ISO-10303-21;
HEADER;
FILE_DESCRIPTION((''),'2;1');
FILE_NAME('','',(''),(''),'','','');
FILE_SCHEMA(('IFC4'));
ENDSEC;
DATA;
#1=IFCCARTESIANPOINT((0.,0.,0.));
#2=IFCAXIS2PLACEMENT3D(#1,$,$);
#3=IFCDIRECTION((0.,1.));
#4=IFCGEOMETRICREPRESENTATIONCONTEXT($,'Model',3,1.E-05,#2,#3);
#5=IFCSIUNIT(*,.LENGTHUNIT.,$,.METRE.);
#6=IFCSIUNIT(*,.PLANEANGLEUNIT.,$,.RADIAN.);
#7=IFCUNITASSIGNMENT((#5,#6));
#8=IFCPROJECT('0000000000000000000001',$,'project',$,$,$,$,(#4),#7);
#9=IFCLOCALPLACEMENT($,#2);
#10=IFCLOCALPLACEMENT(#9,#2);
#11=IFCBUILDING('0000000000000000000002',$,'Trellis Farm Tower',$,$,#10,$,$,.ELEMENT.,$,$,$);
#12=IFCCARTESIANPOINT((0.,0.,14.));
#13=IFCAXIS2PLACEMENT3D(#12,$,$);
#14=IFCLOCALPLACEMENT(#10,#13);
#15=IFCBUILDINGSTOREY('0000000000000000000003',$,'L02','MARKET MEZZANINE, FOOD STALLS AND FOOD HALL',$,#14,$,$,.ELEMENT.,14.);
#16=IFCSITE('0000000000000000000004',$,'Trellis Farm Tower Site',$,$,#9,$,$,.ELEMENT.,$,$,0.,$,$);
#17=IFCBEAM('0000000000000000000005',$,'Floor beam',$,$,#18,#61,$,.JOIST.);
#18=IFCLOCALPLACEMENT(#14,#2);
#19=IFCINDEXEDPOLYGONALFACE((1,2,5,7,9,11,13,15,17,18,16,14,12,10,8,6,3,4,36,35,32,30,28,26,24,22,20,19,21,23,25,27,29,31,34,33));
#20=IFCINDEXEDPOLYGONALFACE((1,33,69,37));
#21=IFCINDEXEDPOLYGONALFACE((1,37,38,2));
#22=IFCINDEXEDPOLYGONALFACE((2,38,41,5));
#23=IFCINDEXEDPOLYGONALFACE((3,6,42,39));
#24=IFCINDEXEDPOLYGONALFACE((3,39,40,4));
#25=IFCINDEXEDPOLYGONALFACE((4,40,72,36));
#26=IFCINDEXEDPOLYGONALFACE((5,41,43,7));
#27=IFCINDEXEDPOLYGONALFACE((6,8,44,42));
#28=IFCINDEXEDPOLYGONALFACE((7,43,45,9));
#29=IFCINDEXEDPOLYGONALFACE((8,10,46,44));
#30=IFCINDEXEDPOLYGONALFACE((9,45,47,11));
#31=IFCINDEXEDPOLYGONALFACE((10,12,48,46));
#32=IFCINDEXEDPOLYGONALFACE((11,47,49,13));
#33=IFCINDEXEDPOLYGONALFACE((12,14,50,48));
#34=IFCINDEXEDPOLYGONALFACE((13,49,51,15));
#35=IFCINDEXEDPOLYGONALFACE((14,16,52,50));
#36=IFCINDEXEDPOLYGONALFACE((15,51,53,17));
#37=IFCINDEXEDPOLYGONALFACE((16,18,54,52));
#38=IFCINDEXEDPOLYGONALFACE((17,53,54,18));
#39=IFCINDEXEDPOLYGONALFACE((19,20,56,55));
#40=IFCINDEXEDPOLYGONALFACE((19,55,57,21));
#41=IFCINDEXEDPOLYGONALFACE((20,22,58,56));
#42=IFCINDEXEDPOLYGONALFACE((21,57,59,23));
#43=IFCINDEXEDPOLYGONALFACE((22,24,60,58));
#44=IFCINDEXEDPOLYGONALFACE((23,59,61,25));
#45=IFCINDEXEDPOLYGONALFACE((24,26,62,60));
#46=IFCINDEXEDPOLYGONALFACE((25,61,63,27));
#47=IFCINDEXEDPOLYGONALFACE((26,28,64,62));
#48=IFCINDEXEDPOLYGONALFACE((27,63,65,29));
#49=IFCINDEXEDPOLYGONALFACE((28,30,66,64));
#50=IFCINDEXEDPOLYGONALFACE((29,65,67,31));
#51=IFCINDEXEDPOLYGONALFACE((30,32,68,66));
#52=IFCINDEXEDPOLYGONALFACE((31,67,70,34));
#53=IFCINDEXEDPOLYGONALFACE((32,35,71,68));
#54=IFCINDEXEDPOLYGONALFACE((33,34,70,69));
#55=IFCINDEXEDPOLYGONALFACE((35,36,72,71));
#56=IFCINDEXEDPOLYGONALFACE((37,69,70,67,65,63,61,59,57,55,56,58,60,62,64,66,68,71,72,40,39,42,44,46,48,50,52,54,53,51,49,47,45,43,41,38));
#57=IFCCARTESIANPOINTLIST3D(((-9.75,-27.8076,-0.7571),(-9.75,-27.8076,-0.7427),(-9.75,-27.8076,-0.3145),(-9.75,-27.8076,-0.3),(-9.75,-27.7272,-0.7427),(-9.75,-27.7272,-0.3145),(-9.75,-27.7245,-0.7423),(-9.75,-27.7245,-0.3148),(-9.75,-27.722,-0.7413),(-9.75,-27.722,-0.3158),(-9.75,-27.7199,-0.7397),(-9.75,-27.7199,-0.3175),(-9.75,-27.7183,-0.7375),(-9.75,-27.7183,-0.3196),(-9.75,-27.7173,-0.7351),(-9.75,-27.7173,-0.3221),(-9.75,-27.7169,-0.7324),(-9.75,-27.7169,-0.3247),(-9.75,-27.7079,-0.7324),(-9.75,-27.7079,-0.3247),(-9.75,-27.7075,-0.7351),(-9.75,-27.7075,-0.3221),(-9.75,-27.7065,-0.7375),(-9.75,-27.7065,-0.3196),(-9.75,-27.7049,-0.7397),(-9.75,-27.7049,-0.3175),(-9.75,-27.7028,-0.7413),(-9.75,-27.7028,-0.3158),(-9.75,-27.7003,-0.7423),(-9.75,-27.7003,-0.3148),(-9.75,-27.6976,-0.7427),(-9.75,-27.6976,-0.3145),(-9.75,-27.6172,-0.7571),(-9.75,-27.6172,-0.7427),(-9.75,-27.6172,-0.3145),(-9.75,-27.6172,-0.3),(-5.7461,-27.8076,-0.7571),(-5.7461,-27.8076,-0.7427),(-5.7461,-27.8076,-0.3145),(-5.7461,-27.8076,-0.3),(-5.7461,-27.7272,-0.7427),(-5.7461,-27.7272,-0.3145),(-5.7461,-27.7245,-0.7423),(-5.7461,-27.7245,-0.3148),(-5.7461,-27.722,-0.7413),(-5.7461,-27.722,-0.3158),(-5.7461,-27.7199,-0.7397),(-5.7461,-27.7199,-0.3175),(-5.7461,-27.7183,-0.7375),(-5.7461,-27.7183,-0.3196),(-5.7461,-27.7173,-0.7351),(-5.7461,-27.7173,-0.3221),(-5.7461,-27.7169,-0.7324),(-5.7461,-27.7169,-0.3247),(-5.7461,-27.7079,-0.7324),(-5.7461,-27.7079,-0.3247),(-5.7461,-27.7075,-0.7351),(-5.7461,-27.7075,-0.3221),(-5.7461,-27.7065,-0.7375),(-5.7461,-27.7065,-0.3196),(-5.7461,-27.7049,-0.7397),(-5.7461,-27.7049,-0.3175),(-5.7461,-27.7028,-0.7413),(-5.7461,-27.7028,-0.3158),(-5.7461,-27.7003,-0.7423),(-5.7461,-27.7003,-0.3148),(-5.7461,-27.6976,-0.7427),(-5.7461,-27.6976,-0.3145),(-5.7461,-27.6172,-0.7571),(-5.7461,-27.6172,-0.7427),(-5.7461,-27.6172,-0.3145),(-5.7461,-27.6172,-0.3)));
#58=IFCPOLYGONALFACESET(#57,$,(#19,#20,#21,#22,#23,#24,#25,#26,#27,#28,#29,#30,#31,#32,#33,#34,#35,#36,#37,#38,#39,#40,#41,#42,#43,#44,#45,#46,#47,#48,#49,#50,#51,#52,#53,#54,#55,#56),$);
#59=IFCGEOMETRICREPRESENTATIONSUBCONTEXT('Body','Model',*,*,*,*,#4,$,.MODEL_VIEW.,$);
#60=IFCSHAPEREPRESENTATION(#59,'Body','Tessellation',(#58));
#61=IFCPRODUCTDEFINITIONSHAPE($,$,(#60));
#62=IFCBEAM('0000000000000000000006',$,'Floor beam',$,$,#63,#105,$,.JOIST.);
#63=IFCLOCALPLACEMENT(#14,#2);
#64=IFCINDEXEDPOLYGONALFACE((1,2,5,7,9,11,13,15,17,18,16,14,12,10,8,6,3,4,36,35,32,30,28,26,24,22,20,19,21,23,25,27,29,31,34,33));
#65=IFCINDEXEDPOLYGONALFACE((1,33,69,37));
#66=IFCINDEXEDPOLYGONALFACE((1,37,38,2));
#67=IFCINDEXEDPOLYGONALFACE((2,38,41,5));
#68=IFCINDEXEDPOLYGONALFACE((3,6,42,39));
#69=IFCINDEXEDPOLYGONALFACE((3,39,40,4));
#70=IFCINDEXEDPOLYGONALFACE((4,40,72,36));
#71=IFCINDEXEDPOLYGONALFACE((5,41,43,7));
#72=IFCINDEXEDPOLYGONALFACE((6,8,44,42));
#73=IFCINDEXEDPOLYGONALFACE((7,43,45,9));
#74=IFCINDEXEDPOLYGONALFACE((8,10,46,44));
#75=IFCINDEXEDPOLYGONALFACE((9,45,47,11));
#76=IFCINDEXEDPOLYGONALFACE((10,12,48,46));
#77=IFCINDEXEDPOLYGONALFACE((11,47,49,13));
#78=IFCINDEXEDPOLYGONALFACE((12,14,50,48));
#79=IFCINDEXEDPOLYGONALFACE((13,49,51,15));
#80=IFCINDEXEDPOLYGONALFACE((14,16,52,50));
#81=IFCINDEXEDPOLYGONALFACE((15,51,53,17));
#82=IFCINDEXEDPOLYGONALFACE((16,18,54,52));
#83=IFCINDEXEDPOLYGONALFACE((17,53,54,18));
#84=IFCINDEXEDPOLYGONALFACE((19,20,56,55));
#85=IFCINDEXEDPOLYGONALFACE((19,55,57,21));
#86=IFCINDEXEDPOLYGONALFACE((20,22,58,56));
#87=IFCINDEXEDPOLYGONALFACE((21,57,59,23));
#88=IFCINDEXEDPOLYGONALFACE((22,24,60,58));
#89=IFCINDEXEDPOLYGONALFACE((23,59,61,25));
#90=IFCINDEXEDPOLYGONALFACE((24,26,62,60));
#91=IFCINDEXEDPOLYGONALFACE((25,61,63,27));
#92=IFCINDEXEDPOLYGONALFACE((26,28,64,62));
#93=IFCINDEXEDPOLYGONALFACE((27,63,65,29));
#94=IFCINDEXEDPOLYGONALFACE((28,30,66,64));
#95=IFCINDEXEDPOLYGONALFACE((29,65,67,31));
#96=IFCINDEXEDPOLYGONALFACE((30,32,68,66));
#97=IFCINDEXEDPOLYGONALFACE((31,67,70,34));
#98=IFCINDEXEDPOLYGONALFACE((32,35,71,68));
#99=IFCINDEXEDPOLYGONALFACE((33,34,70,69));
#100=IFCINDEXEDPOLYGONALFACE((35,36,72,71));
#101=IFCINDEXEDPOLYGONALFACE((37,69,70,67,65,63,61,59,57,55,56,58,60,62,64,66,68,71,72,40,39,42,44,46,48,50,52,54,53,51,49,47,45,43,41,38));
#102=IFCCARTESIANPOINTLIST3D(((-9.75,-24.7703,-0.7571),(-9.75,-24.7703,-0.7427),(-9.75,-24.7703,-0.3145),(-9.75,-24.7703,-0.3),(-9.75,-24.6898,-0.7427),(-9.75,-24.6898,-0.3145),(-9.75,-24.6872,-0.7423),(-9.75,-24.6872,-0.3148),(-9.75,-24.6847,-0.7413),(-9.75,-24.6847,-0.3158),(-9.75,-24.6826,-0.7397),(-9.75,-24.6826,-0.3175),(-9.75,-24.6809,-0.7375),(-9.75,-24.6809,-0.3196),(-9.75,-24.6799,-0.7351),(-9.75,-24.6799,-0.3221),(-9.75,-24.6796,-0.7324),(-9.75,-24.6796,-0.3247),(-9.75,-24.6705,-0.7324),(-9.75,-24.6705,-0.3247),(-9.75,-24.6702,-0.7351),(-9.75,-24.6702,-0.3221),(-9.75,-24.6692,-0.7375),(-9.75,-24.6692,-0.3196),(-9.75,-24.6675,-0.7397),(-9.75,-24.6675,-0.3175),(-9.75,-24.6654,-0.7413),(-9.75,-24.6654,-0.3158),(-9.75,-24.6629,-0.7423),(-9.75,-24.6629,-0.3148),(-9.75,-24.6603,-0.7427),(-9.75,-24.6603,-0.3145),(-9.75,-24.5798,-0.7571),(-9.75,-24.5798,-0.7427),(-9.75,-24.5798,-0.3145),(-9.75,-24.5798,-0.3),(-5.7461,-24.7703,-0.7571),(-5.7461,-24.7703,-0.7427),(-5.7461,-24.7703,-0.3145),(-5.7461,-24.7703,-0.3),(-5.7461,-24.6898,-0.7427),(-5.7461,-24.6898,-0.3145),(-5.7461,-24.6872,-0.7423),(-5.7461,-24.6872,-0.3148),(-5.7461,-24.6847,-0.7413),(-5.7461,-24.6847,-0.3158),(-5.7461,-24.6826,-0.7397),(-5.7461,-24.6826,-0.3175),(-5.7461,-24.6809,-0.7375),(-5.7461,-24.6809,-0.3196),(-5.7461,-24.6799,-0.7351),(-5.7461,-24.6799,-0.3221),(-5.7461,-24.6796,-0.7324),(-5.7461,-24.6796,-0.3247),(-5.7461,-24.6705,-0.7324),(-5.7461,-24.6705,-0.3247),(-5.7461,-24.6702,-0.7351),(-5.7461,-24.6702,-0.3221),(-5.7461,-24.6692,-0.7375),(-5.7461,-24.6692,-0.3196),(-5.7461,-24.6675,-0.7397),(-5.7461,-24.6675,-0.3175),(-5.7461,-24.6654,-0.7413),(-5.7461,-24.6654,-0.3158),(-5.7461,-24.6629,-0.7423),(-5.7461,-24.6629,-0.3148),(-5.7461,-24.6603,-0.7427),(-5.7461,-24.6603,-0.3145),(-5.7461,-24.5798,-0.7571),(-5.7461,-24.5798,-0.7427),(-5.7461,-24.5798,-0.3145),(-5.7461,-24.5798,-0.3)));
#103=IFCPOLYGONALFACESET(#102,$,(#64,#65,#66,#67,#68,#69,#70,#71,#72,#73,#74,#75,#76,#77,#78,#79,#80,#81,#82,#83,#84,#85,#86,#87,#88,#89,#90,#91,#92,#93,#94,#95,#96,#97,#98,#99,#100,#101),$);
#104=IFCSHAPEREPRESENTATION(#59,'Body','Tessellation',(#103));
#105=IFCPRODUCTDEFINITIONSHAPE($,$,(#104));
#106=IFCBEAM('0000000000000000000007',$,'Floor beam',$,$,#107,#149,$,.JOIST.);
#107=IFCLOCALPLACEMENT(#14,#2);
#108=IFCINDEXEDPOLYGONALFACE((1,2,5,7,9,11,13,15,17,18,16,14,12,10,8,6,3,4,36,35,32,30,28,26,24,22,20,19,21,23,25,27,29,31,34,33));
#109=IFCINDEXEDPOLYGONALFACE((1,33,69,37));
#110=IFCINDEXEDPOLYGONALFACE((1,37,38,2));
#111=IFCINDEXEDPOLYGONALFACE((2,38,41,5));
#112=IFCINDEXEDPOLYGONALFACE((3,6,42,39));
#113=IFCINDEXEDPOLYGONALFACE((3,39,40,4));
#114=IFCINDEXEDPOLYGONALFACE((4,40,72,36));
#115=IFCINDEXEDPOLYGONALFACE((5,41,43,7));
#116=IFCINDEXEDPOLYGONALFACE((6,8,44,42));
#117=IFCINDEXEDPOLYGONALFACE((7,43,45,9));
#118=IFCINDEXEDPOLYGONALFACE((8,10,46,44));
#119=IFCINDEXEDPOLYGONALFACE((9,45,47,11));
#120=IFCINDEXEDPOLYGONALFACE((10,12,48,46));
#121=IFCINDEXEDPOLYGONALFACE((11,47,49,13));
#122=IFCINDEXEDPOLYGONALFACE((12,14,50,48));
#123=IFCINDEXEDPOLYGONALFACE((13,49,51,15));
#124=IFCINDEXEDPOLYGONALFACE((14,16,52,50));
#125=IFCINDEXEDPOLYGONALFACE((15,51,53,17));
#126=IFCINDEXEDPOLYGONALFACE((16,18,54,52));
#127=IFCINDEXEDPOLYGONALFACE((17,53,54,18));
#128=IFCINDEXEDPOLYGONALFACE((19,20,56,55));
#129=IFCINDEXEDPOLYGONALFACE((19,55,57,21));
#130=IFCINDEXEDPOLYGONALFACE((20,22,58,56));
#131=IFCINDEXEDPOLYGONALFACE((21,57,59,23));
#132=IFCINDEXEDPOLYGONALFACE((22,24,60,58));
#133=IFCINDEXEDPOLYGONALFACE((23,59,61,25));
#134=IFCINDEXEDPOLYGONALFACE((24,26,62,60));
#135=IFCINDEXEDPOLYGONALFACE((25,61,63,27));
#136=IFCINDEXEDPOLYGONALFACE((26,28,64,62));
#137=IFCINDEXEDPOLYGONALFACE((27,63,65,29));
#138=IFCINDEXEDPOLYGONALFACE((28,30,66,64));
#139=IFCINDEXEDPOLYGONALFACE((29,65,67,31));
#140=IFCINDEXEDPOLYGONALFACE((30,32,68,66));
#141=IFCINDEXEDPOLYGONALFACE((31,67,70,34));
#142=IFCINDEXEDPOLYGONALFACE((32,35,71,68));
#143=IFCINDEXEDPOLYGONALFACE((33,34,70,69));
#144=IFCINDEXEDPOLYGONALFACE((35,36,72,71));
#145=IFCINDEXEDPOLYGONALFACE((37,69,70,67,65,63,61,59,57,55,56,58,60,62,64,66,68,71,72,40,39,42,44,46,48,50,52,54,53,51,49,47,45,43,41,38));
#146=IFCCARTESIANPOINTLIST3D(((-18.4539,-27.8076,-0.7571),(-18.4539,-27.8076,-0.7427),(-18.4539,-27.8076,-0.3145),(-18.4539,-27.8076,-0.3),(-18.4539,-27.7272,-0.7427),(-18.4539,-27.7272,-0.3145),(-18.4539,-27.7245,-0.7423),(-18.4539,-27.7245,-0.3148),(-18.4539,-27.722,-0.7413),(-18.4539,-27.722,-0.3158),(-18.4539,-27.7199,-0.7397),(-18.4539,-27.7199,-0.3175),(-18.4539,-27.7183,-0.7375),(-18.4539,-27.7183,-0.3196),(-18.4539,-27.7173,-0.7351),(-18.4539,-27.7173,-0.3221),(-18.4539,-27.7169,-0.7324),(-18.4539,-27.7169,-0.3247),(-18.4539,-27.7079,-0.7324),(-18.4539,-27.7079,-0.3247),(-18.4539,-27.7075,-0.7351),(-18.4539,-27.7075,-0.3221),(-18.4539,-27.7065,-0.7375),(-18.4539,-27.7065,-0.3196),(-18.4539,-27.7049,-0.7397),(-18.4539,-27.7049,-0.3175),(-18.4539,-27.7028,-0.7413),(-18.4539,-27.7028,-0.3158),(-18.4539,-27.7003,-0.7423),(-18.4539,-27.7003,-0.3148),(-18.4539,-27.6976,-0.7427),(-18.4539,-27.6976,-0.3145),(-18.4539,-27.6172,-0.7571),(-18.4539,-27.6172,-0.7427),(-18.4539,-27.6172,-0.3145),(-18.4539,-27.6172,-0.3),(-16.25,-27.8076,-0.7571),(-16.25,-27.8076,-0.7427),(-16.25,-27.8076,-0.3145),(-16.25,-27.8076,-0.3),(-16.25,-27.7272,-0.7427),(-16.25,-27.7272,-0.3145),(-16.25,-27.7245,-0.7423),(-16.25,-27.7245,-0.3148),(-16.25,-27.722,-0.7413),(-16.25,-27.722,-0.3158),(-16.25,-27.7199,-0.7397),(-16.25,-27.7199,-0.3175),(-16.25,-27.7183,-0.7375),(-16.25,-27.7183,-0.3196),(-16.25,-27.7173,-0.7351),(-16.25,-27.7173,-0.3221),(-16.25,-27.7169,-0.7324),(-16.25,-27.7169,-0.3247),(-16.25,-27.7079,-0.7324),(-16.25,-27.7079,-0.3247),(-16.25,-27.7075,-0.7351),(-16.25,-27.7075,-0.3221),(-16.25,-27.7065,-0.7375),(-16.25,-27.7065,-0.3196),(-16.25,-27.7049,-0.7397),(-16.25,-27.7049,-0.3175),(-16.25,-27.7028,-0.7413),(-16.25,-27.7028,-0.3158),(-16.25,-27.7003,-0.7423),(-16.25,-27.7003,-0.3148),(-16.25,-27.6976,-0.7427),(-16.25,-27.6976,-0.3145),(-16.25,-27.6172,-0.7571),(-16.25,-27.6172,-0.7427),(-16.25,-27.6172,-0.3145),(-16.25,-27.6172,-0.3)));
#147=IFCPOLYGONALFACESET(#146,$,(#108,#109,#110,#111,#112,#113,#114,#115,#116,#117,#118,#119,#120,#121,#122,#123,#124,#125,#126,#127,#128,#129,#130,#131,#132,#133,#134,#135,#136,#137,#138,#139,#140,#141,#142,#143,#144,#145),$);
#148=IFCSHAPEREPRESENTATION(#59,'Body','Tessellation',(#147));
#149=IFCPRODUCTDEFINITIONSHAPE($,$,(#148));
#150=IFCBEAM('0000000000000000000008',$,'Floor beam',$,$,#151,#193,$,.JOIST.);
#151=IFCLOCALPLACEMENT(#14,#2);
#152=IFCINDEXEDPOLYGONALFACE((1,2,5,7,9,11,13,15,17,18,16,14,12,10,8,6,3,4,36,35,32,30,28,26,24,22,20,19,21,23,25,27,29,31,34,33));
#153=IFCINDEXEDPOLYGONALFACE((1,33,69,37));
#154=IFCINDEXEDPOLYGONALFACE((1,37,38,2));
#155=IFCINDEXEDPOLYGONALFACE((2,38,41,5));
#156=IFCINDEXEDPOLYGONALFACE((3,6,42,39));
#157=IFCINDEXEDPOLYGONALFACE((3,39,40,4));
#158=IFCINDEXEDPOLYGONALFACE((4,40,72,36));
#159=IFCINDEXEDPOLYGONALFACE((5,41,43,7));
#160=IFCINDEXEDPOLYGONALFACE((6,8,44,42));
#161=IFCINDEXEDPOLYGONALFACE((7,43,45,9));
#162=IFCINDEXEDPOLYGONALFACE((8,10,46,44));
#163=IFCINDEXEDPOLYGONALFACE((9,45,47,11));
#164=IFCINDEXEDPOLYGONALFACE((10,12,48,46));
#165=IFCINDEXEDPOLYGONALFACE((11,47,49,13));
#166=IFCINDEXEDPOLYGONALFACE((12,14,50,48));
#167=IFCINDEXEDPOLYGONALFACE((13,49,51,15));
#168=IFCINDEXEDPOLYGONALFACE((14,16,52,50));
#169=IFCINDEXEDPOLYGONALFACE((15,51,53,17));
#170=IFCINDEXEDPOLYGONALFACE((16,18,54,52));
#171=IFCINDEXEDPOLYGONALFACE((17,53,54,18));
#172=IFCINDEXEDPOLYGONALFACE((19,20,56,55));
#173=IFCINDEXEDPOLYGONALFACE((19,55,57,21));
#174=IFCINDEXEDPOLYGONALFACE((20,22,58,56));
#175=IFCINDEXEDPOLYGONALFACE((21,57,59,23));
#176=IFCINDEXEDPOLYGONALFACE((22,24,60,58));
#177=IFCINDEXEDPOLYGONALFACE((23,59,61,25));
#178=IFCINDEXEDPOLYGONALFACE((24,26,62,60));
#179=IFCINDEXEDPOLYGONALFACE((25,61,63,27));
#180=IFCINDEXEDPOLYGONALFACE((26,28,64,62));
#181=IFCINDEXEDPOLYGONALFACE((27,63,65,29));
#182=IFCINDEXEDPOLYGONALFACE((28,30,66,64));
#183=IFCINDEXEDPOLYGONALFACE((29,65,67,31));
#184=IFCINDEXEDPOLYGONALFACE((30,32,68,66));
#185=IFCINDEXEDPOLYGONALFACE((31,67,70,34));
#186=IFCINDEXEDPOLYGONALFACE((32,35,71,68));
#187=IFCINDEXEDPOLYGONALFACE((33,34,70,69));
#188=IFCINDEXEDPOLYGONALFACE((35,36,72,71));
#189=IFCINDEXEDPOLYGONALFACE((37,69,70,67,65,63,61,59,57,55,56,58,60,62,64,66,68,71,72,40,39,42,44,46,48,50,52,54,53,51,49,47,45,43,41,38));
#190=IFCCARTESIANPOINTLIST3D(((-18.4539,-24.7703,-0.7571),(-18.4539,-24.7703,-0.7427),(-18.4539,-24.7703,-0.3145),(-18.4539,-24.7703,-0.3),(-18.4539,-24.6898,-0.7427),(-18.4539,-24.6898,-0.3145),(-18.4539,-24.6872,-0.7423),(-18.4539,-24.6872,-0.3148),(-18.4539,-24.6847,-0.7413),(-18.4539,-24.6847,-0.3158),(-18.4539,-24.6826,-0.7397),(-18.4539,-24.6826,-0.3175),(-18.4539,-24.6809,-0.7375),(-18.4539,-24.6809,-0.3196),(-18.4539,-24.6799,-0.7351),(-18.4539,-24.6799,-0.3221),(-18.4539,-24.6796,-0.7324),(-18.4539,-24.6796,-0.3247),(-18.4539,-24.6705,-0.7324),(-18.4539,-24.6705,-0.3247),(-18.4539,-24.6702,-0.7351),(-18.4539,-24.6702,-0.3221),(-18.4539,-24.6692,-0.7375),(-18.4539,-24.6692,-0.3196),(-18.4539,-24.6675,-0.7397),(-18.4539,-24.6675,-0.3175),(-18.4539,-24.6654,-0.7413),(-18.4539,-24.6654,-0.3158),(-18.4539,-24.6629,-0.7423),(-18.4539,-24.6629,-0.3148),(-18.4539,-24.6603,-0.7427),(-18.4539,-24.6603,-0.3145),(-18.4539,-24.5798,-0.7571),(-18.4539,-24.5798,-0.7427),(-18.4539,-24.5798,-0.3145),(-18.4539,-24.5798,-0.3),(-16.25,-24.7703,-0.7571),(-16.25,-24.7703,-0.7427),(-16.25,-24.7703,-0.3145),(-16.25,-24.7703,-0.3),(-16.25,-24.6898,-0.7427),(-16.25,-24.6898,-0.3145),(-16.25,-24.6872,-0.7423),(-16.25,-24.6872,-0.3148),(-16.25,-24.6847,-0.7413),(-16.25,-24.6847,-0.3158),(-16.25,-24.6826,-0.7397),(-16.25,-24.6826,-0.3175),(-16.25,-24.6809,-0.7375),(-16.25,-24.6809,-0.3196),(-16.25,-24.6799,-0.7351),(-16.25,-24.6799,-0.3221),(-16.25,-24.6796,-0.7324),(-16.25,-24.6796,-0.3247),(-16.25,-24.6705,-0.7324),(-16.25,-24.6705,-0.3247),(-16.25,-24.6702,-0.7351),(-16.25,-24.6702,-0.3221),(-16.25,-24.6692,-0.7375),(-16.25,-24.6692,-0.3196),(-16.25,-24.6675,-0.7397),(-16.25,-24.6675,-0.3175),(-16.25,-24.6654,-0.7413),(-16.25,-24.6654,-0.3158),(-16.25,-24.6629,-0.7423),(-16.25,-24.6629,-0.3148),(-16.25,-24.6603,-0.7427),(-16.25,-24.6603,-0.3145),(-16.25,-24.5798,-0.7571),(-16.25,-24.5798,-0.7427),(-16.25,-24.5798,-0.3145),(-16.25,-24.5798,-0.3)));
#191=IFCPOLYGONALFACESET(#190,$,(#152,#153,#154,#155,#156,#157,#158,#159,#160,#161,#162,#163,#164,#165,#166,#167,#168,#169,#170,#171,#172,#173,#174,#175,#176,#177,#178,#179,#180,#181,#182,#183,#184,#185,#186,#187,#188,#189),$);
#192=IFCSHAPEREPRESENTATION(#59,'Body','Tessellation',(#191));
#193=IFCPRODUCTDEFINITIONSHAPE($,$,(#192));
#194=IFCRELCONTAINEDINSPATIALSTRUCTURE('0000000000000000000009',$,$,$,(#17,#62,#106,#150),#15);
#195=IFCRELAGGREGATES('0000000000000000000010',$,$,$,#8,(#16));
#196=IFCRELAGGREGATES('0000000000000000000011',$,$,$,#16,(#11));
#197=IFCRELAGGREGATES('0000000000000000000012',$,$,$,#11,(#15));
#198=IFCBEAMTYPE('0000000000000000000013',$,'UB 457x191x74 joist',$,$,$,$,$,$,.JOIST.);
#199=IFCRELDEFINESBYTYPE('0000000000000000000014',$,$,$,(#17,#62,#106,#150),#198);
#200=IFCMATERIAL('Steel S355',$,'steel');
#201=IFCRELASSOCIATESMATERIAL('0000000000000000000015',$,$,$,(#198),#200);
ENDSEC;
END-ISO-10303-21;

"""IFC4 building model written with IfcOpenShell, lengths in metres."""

from ifc_helpers import new_model, si_unit, direction, frame, origin, origin_2d, place, context, subcontext, project, spatial, i_section, extrude, source, transform, mapped, material, material_profile, profile_set, type_object, element, save


model = new_model("IFC4")

# Units and contexts
model_context = context("Model", 3, precision=1e-05, world=origin(), true_north=direction((0.0, 1.0)))
body_context = subcontext(model_context, "Body", "Model", "MODEL_VIEW")
ifc_project = project(units=[si_unit("LENGTHUNIT", "METRE"), si_unit("PLANEANGLEUNIT", "RADIAN")], contexts=[model_context])

# Site, building, storey
site_placement = place(None, origin())
site = spatial("IfcSite", under=ifc_project, at=site_placement, Name="Trellis Farm Tower Site", CompositionType="ELEMENT", RefElevation=0.0)
building_placement = place(site_placement, origin())
building = spatial("IfcBuilding", under=site, at=building_placement, Name="Trellis Farm Tower", CompositionType="ELEMENT")
storey_placement = place(building_placement, frame((0.0, 0.0, 14.0)))
storey = spatial("IfcBuildingStorey", under=building, at=storey_placement, Name="L02", Description="MARKET MEZZANINE, FOOD STALLS AND FOOD HALL", CompositionType="ELEMENT", Elevation=14.0)

# Beams
ifc_material_1 = material(Name="Steel S355", Category="steel")
ifc_material_profile = material_profile(ifc_material_1, i_section(OverallWidth=0.1904, OverallDepth=0.457, WebThickness=0.009, FlangeThickness=0.0144, FilletRadius=0.0103, at=origin_2d()), Name="UB 457x191x74")
ifc_profile_set = profile_set([ifc_material_profile], Name="Steel S355")
beam_type = type_object("IfcBeamType", Name="UB 457x191x74 joist", PredefinedType="JOIST", material=ifc_profile_set)
shared_shape_1 = source(origin(), body_context, "Body", "SweptSolid", [
    extrude(i_section(OverallWidth=0.1904, OverallDepth=0.457, WebThickness=0.009, FlangeThickness=0.0144, FilletRadius=0.0103, at=origin_2d()), origin(), (0.0, 0.0, 1.0), 4.0039),
])
for number, where, z_axis, x_axis, name in (
    (1, (-9.75, -27.7124, -0.5286), (1.0, 0.0, 0.0), (0.0, 1.0, 0.0), "Floor beam"),
    (2, (-9.75, -24.675, -0.5286), (1.0, 0.0, 0.0), (0.0, 1.0, 0.0), "Floor beam"),
):
    element("IfcBeam", number, at=place(storey_placement, frame(where, z_axis=z_axis, x_axis=x_axis)), inside=storey, type_object=beam_type, Name=name, PredefinedType="JOIST", context=body_context, shape_type="MappedRepresentation", body=[
        mapped(shared_shape_1, transform((0.0, 0.0, 0.0))),
    ])
shared_shape_2 = source(origin(), body_context, "Body", "SweptSolid", [
    extrude(i_section(OverallWidth=0.1904, OverallDepth=0.457, WebThickness=0.009, FlangeThickness=0.0144, FilletRadius=0.0103, at=origin_2d()), origin(), (0.0, 0.0, 1.0), 2.2039),
])
for number, where, z_axis, x_axis, name in (
    (3, (-18.4539, -27.7124, -0.5286), (1.0, 0.0, 0.0), (0.0, 1.0, 0.0), "Floor beam"),
    (4, (-18.4539, -24.675, -0.5286), (1.0, 0.0, 0.0), (0.0, 1.0, 0.0), "Floor beam"),
):
    element("IfcBeam", number, at=place(storey_placement, frame(where, z_axis=z_axis, x_axis=x_axis)), inside=storey, type_object=beam_type, Name=name, PredefinedType="JOIST", context=body_context, shape_type="MappedRepresentation", body=[
        mapped(shared_shape_2, transform((0.0, 0.0, 0.0))),
    ])

save(model, "model.ifc")
